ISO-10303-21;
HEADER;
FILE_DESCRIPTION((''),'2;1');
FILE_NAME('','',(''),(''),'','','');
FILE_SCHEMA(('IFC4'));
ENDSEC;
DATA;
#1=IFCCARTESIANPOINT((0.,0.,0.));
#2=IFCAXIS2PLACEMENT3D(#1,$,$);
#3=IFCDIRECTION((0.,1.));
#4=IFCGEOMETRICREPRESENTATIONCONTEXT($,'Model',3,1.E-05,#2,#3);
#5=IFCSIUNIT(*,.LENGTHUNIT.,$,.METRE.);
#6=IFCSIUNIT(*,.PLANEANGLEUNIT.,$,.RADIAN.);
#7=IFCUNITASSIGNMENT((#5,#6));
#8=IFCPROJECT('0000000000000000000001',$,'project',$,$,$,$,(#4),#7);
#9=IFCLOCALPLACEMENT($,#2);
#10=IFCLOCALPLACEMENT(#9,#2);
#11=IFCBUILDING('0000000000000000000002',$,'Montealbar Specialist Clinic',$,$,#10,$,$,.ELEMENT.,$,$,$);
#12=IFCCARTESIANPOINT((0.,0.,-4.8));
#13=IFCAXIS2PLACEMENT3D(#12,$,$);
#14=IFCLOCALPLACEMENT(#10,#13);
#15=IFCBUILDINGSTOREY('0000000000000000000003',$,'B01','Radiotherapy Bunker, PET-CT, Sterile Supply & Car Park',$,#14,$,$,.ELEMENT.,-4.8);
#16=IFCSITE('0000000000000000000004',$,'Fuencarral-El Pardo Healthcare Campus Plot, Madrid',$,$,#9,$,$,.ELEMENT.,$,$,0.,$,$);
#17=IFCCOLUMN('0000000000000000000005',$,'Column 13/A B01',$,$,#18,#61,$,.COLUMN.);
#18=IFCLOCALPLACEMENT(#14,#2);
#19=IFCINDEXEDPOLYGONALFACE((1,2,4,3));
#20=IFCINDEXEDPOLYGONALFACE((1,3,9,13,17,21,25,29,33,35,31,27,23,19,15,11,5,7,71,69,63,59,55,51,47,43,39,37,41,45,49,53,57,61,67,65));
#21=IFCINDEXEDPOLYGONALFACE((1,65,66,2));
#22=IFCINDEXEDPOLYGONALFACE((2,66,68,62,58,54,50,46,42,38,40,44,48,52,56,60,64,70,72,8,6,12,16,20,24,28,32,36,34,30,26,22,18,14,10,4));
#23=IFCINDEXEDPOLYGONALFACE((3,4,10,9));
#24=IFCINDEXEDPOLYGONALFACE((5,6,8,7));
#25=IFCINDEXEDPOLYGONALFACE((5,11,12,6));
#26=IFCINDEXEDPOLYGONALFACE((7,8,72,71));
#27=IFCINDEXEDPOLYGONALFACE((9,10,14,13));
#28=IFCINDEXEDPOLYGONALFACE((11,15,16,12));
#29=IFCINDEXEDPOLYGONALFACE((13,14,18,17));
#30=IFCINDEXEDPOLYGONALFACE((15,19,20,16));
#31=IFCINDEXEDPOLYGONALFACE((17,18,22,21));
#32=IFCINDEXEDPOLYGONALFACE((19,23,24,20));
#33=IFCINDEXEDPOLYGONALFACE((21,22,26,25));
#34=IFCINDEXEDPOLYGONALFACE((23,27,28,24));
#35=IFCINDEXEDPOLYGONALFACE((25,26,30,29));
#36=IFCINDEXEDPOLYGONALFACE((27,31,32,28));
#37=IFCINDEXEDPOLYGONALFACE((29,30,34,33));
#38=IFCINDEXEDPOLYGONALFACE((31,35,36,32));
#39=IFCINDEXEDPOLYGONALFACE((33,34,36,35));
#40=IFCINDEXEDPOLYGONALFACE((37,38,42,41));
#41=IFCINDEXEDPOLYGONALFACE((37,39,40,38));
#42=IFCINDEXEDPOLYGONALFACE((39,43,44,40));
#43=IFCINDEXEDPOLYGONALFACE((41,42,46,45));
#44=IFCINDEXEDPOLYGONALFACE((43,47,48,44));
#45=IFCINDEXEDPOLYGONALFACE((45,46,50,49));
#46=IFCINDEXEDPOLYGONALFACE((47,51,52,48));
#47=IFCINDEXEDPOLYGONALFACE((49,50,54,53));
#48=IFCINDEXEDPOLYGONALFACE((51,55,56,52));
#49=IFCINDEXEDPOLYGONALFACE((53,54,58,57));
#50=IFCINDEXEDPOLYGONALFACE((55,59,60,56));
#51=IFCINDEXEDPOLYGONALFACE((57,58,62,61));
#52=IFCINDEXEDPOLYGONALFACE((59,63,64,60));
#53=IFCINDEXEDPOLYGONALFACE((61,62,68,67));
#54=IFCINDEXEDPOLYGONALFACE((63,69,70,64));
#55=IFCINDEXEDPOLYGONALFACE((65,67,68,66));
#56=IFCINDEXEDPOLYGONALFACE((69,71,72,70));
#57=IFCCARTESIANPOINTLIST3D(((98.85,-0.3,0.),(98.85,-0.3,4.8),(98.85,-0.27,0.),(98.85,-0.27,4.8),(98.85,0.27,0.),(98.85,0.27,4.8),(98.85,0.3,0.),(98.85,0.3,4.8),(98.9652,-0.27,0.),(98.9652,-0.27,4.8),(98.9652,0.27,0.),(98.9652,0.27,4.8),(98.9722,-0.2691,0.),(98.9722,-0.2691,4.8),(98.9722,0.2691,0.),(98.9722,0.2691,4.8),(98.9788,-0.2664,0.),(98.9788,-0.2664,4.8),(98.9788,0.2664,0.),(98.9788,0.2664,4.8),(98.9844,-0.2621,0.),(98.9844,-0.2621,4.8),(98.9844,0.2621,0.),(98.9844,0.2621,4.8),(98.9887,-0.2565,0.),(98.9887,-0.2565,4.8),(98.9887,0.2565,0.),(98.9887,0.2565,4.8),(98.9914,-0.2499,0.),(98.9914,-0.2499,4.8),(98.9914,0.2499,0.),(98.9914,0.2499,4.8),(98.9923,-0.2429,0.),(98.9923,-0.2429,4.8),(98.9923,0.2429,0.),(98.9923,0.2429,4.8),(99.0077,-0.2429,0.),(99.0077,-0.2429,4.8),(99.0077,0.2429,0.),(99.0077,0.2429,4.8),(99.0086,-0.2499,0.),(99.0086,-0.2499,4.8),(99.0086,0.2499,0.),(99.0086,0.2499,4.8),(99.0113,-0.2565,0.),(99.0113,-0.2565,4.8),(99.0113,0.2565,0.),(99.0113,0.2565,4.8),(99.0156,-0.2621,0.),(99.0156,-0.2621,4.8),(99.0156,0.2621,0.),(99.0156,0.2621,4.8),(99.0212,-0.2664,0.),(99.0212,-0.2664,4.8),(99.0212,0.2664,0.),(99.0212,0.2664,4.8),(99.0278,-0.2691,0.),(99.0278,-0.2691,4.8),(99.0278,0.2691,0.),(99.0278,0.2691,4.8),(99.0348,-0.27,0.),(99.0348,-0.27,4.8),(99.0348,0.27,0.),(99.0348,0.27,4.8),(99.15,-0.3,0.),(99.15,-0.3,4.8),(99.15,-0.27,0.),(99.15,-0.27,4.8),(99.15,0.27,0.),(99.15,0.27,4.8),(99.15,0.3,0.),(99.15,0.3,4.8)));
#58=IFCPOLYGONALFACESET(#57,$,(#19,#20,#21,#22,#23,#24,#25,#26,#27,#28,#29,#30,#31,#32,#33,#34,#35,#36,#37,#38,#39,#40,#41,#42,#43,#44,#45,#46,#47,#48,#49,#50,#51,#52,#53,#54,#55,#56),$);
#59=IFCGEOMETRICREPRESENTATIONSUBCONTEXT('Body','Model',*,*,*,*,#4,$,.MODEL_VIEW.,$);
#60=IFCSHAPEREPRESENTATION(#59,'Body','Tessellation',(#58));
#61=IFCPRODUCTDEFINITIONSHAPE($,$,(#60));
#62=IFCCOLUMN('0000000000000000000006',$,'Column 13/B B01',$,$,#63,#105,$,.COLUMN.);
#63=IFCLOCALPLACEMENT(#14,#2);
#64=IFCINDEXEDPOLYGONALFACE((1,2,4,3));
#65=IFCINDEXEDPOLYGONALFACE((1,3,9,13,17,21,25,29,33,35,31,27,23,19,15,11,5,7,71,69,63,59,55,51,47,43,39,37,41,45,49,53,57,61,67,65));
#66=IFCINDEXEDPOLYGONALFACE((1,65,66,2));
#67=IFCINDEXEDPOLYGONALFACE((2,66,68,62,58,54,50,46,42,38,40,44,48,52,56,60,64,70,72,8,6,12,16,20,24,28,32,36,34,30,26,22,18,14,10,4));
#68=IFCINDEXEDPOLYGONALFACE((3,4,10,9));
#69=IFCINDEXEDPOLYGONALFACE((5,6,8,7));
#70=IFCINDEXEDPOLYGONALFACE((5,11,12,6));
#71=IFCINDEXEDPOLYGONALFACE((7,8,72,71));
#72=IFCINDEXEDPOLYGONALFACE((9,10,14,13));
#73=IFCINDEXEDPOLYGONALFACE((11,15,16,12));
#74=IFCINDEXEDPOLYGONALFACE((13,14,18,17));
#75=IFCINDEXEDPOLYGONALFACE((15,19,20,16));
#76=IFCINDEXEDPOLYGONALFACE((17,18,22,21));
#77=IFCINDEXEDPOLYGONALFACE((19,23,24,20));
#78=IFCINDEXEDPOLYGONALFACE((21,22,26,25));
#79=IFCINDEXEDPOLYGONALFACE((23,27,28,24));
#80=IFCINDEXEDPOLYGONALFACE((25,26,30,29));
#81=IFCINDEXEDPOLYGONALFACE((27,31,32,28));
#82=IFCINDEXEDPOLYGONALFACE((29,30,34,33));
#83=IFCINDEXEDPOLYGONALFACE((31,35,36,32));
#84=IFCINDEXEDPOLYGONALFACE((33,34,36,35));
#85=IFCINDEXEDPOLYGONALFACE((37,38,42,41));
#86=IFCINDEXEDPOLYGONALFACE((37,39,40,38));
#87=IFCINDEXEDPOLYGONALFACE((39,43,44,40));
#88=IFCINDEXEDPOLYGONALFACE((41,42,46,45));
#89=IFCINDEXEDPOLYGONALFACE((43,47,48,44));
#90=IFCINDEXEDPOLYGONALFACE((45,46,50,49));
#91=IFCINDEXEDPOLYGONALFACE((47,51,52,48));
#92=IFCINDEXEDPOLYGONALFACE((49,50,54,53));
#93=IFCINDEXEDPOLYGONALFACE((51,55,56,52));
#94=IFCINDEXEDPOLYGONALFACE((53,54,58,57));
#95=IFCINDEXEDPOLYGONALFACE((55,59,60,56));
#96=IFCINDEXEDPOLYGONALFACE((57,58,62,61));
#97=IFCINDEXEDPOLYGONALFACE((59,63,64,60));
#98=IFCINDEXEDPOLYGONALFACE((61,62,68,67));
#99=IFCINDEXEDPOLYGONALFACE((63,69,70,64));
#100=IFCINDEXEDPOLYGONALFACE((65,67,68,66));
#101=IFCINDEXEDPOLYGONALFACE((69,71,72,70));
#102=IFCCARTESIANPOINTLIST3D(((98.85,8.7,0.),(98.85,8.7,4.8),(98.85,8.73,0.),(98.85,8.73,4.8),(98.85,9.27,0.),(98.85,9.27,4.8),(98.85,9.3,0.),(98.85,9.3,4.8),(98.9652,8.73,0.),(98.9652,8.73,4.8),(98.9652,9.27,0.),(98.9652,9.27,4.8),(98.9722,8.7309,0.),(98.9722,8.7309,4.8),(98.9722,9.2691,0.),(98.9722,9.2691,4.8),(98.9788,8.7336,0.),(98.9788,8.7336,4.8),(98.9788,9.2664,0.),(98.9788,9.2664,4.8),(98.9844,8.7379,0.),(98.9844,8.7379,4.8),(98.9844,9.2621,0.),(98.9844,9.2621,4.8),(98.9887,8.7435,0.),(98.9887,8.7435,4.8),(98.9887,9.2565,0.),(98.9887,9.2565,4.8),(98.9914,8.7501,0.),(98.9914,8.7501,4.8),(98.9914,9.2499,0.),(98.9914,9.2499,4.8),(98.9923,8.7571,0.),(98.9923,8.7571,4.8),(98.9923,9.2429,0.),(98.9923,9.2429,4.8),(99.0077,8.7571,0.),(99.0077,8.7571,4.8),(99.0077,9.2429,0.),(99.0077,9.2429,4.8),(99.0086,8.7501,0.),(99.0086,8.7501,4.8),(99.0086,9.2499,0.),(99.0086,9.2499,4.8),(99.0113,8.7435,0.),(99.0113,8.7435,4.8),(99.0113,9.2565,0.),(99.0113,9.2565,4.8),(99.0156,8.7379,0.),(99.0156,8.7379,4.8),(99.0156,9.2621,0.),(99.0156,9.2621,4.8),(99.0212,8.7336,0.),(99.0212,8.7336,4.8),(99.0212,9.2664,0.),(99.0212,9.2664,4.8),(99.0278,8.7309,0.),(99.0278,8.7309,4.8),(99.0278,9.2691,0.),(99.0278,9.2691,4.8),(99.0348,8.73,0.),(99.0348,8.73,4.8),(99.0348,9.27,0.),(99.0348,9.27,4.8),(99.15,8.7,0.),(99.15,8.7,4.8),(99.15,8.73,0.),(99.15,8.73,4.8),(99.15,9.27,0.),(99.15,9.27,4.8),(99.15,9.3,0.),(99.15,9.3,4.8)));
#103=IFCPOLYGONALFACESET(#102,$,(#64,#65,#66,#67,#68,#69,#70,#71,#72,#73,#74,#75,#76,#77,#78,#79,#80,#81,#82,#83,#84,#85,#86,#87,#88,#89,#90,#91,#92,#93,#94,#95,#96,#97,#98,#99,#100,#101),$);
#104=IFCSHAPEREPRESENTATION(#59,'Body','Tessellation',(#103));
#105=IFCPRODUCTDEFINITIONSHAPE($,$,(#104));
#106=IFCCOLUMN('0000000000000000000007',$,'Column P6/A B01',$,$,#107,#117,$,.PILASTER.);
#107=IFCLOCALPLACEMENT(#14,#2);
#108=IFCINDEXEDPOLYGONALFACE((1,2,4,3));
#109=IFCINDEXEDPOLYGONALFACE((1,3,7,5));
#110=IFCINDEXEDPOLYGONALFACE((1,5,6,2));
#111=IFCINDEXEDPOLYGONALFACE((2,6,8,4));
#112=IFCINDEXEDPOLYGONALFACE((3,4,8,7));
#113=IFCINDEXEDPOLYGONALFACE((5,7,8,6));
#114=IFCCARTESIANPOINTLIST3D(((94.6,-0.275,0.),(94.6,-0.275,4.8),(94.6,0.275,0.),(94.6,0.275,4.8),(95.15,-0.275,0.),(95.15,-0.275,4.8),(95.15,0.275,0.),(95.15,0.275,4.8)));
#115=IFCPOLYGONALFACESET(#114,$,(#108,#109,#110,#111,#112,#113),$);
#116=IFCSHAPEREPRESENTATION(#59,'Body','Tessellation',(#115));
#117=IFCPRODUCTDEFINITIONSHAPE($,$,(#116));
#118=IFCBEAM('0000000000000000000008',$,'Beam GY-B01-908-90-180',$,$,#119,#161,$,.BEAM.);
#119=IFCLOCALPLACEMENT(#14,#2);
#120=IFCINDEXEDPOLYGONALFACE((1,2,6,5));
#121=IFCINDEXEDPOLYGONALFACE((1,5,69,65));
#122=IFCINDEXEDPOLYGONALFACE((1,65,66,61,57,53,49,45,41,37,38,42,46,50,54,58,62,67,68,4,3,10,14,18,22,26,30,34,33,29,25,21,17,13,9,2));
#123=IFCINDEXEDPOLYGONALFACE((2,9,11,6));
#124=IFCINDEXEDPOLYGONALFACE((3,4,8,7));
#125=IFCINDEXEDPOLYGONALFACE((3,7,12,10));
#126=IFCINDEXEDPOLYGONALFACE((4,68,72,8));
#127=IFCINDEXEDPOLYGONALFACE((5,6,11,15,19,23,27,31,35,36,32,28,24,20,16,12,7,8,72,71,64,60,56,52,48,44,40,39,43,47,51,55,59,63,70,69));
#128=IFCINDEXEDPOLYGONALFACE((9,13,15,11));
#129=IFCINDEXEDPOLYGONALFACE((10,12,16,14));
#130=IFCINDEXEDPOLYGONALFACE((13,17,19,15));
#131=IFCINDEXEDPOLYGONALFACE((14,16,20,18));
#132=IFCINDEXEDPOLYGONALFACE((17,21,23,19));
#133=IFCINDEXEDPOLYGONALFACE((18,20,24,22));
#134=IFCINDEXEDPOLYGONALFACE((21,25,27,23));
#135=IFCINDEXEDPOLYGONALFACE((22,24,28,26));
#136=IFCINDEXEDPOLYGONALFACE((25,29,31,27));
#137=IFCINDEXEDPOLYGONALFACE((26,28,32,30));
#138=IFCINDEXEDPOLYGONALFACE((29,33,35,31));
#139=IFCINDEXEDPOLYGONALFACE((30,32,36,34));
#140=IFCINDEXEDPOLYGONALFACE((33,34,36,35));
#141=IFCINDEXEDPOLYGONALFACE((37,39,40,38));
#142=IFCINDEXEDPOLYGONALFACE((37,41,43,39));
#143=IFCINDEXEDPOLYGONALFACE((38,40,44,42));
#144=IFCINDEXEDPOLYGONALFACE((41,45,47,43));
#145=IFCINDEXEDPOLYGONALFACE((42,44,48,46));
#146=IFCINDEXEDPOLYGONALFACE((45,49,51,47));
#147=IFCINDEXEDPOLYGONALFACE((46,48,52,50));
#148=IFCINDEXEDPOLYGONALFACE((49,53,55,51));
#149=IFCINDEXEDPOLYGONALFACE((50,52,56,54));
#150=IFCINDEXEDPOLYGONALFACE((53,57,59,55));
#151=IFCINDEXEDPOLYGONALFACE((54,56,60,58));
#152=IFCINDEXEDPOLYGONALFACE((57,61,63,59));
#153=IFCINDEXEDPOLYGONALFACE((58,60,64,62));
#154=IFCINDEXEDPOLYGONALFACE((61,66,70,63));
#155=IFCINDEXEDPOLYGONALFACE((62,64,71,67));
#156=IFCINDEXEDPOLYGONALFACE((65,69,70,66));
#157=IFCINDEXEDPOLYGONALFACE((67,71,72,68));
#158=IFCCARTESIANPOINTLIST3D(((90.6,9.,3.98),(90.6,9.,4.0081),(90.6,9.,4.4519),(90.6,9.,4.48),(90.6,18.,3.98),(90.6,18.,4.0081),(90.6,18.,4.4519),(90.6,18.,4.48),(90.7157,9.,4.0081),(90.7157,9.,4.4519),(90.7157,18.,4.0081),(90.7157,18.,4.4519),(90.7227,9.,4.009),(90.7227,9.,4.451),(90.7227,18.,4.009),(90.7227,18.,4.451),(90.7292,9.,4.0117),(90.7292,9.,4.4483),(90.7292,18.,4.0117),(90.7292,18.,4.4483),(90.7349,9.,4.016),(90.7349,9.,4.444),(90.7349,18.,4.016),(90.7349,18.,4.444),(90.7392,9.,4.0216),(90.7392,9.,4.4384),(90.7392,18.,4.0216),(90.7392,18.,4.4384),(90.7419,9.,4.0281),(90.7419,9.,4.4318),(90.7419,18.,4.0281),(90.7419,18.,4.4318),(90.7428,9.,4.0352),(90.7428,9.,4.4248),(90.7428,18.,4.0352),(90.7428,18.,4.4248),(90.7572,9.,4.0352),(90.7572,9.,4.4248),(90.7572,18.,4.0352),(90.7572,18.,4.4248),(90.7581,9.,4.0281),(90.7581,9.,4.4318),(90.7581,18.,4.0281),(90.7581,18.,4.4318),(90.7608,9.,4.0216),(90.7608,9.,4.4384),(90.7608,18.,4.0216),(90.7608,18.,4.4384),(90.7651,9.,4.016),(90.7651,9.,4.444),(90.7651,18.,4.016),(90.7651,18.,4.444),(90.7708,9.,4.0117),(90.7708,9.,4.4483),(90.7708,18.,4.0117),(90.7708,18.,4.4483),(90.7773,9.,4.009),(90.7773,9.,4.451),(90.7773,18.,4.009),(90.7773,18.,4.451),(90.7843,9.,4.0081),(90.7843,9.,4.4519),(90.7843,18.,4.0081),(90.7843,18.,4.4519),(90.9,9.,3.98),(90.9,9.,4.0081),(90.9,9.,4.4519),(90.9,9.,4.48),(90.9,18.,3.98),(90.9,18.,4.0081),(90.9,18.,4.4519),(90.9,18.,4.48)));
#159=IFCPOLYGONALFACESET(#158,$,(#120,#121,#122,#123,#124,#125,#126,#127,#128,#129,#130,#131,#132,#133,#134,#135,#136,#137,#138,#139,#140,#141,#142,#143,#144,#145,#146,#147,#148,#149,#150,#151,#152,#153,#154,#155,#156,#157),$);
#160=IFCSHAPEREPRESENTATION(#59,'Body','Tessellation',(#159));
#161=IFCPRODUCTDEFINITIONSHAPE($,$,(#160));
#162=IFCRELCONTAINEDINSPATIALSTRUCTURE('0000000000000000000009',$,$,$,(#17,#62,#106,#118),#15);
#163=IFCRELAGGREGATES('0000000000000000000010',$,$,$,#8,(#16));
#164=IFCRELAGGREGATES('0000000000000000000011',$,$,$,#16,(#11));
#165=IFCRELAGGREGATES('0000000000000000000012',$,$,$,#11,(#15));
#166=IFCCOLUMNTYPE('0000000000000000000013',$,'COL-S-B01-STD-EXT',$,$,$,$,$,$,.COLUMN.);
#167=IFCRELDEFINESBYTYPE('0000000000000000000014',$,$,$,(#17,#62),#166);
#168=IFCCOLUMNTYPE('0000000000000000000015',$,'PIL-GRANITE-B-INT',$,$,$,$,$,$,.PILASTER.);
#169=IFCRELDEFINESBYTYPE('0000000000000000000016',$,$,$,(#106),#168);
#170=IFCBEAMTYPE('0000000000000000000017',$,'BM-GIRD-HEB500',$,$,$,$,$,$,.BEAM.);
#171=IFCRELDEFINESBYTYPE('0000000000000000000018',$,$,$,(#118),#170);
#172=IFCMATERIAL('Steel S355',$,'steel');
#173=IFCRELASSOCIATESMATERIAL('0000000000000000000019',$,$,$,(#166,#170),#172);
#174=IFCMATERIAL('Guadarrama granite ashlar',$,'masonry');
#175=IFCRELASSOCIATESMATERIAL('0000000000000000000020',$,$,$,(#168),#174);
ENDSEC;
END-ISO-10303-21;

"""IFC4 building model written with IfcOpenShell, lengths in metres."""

from ifc_helpers import new_model, si_unit, direction, frame, origin, origin_2d, place, context, subcontext, project, spatial, rectangle, i_section, extrude, material, material_profile, profile_set, type_object, element, save


model = new_model("IFC4")

# Units and contexts
model_context = context("Model", 3, precision=1e-05, world=origin(), true_north=direction((0.0, 1.0)))
body_context = subcontext(model_context, "Body", "Model", "MODEL_VIEW")
ifc_project = project(units=[si_unit("LENGTHUNIT", "METRE"), si_unit("PLANEANGLEUNIT", "RADIAN")], contexts=[model_context])

# Site, building, storey
site_placement = place(None, origin())
site = spatial("IfcSite", under=ifc_project, at=site_placement, Name="Fuencarral-El Pardo Healthcare Campus Plot, Madrid", CompositionType="ELEMENT", RefElevation=0.0)
building_placement = place(site_placement, origin())
building = spatial("IfcBuilding", under=site, at=building_placement, Name="Montealbar Specialist Clinic", CompositionType="ELEMENT")
storey_placement = place(building_placement, frame((0.0, 0.0, -4.8)))
storey = spatial("IfcBuildingStorey", under=building, at=storey_placement, Name="B01", Description="Radiotherapy Bunker, PET-CT, Sterile Supply & Car Park", CompositionType="ELEMENT", Elevation=-4.8)

# Columns
ifc_material_1 = material(Name="Steel S355", Category="steel")
ifc_material_profile_1 = material_profile(ifc_material_1, i_section(OverallWidth=0.3, OverallDepth=0.6001, WebThickness=0.0154, FlangeThickness=0.03, FilletRadius=0.0271, at=origin_2d()), Name="HEB 600", Category="steel")
ifc_profile_set_1 = profile_set([ifc_material_profile_1], Name="Steel S355")
column_type_1 = type_object("IfcColumnType", Name="COL-S-B01-STD-EXT", PredefinedType="COLUMN", material=ifc_profile_set_1)
for number, where, z_axis, x_axis, name in (
    (1, (99.0, 0.0, 0.0), (0.0, 0.0, 1.0), (1.0, 0.0, 0.0), "Column 13/A B01"),
    (2, (99.0, 9.0, 0.0), (0.0, 0.0, 1.0), (1.0, 0.0, 0.0), "Column 13/B B01"),
):
    element("IfcColumn", number, at=place(storey_placement, frame(where, z_axis=z_axis, x_axis=x_axis)), inside=storey, type_object=column_type_1, Name=name, PredefinedType="COLUMN", context=body_context, shape_type="SweptSolid", body=[
        extrude(i_section(OverallWidth=0.3, OverallDepth=0.6001, WebThickness=0.0154, FlangeThickness=0.03, FilletRadius=0.0271, at=origin_2d()), origin(), (0.0, 0.0, 1.0), 4.8),
    ])
ifc_material_2 = material(Name="Guadarrama granite ashlar", Category="masonry")
ifc_material_profile_2 = material_profile(ifc_material_2, rectangle(XDim=0.55, YDim=0.55, at=origin_2d()), Name="GRANITE PILASTER 550x550", Category="masonry")
ifc_profile_set_2 = profile_set([ifc_material_profile_2], Name="Guadarrama granite ashlar")
column_type_2 = type_object("IfcColumnType", Name="PIL-GRANITE-B-INT", PredefinedType="PILASTER", material=ifc_profile_set_2)
column_placement = place(storey_placement, frame((94.875, 0.0, 0.0), z_axis=(0.0, 0.0, 1.0), x_axis=(1.0, 0.0, 0.0)))
element("IfcColumn", 3, at=column_placement, inside=storey, type_object=column_type_2, Name="Column P6/A B01", PredefinedType="PILASTER", context=body_context, shape_type="SweptSolid", body=[
    extrude(rectangle(XDim=0.55, YDim=0.55, at=origin_2d()), origin(), (0.0, 0.0, 1.0), 4.8),
])

# Beam
ifc_material_profile_3 = material_profile(ifc_material_1, i_section(OverallWidth=0.3, OverallDepth=0.5, WebThickness=0.0144, FlangeThickness=0.0281, FilletRadius=0.0271, at=origin_2d()), Name="HEB 500", Category="steel")
ifc_profile_set_3 = profile_set([ifc_material_profile_3], Name="Steel S355")
beam_type_1 = type_object("IfcBeamType", Name="BM-GIRD-HEB500", PredefinedType="BEAM", material=ifc_profile_set_3)
for number, where, z_axis, x_axis, name in (
    (4, (90.75, 9.0, 4.23), (0.0, 1.0, 0.0), (-1.0, 0.0, 0.0), "Beam GY-B01-908-90-180"),
):
    element("IfcBeam", number, at=place(storey_placement, frame(where, z_axis=z_axis, x_axis=x_axis)), inside=storey, type_object=beam_type_1, Name=name, PredefinedType="BEAM", context=body_context, shape_type="SweptSolid", body=[
        extrude(i_section(OverallWidth=0.3, OverallDepth=0.5, WebThickness=0.0144, FlangeThickness=0.0281, FilletRadius=0.0271, at=origin_2d()), origin(), (0.0, 0.0, 1.0), 9.0),
    ])

save(model, "model.ifc")
